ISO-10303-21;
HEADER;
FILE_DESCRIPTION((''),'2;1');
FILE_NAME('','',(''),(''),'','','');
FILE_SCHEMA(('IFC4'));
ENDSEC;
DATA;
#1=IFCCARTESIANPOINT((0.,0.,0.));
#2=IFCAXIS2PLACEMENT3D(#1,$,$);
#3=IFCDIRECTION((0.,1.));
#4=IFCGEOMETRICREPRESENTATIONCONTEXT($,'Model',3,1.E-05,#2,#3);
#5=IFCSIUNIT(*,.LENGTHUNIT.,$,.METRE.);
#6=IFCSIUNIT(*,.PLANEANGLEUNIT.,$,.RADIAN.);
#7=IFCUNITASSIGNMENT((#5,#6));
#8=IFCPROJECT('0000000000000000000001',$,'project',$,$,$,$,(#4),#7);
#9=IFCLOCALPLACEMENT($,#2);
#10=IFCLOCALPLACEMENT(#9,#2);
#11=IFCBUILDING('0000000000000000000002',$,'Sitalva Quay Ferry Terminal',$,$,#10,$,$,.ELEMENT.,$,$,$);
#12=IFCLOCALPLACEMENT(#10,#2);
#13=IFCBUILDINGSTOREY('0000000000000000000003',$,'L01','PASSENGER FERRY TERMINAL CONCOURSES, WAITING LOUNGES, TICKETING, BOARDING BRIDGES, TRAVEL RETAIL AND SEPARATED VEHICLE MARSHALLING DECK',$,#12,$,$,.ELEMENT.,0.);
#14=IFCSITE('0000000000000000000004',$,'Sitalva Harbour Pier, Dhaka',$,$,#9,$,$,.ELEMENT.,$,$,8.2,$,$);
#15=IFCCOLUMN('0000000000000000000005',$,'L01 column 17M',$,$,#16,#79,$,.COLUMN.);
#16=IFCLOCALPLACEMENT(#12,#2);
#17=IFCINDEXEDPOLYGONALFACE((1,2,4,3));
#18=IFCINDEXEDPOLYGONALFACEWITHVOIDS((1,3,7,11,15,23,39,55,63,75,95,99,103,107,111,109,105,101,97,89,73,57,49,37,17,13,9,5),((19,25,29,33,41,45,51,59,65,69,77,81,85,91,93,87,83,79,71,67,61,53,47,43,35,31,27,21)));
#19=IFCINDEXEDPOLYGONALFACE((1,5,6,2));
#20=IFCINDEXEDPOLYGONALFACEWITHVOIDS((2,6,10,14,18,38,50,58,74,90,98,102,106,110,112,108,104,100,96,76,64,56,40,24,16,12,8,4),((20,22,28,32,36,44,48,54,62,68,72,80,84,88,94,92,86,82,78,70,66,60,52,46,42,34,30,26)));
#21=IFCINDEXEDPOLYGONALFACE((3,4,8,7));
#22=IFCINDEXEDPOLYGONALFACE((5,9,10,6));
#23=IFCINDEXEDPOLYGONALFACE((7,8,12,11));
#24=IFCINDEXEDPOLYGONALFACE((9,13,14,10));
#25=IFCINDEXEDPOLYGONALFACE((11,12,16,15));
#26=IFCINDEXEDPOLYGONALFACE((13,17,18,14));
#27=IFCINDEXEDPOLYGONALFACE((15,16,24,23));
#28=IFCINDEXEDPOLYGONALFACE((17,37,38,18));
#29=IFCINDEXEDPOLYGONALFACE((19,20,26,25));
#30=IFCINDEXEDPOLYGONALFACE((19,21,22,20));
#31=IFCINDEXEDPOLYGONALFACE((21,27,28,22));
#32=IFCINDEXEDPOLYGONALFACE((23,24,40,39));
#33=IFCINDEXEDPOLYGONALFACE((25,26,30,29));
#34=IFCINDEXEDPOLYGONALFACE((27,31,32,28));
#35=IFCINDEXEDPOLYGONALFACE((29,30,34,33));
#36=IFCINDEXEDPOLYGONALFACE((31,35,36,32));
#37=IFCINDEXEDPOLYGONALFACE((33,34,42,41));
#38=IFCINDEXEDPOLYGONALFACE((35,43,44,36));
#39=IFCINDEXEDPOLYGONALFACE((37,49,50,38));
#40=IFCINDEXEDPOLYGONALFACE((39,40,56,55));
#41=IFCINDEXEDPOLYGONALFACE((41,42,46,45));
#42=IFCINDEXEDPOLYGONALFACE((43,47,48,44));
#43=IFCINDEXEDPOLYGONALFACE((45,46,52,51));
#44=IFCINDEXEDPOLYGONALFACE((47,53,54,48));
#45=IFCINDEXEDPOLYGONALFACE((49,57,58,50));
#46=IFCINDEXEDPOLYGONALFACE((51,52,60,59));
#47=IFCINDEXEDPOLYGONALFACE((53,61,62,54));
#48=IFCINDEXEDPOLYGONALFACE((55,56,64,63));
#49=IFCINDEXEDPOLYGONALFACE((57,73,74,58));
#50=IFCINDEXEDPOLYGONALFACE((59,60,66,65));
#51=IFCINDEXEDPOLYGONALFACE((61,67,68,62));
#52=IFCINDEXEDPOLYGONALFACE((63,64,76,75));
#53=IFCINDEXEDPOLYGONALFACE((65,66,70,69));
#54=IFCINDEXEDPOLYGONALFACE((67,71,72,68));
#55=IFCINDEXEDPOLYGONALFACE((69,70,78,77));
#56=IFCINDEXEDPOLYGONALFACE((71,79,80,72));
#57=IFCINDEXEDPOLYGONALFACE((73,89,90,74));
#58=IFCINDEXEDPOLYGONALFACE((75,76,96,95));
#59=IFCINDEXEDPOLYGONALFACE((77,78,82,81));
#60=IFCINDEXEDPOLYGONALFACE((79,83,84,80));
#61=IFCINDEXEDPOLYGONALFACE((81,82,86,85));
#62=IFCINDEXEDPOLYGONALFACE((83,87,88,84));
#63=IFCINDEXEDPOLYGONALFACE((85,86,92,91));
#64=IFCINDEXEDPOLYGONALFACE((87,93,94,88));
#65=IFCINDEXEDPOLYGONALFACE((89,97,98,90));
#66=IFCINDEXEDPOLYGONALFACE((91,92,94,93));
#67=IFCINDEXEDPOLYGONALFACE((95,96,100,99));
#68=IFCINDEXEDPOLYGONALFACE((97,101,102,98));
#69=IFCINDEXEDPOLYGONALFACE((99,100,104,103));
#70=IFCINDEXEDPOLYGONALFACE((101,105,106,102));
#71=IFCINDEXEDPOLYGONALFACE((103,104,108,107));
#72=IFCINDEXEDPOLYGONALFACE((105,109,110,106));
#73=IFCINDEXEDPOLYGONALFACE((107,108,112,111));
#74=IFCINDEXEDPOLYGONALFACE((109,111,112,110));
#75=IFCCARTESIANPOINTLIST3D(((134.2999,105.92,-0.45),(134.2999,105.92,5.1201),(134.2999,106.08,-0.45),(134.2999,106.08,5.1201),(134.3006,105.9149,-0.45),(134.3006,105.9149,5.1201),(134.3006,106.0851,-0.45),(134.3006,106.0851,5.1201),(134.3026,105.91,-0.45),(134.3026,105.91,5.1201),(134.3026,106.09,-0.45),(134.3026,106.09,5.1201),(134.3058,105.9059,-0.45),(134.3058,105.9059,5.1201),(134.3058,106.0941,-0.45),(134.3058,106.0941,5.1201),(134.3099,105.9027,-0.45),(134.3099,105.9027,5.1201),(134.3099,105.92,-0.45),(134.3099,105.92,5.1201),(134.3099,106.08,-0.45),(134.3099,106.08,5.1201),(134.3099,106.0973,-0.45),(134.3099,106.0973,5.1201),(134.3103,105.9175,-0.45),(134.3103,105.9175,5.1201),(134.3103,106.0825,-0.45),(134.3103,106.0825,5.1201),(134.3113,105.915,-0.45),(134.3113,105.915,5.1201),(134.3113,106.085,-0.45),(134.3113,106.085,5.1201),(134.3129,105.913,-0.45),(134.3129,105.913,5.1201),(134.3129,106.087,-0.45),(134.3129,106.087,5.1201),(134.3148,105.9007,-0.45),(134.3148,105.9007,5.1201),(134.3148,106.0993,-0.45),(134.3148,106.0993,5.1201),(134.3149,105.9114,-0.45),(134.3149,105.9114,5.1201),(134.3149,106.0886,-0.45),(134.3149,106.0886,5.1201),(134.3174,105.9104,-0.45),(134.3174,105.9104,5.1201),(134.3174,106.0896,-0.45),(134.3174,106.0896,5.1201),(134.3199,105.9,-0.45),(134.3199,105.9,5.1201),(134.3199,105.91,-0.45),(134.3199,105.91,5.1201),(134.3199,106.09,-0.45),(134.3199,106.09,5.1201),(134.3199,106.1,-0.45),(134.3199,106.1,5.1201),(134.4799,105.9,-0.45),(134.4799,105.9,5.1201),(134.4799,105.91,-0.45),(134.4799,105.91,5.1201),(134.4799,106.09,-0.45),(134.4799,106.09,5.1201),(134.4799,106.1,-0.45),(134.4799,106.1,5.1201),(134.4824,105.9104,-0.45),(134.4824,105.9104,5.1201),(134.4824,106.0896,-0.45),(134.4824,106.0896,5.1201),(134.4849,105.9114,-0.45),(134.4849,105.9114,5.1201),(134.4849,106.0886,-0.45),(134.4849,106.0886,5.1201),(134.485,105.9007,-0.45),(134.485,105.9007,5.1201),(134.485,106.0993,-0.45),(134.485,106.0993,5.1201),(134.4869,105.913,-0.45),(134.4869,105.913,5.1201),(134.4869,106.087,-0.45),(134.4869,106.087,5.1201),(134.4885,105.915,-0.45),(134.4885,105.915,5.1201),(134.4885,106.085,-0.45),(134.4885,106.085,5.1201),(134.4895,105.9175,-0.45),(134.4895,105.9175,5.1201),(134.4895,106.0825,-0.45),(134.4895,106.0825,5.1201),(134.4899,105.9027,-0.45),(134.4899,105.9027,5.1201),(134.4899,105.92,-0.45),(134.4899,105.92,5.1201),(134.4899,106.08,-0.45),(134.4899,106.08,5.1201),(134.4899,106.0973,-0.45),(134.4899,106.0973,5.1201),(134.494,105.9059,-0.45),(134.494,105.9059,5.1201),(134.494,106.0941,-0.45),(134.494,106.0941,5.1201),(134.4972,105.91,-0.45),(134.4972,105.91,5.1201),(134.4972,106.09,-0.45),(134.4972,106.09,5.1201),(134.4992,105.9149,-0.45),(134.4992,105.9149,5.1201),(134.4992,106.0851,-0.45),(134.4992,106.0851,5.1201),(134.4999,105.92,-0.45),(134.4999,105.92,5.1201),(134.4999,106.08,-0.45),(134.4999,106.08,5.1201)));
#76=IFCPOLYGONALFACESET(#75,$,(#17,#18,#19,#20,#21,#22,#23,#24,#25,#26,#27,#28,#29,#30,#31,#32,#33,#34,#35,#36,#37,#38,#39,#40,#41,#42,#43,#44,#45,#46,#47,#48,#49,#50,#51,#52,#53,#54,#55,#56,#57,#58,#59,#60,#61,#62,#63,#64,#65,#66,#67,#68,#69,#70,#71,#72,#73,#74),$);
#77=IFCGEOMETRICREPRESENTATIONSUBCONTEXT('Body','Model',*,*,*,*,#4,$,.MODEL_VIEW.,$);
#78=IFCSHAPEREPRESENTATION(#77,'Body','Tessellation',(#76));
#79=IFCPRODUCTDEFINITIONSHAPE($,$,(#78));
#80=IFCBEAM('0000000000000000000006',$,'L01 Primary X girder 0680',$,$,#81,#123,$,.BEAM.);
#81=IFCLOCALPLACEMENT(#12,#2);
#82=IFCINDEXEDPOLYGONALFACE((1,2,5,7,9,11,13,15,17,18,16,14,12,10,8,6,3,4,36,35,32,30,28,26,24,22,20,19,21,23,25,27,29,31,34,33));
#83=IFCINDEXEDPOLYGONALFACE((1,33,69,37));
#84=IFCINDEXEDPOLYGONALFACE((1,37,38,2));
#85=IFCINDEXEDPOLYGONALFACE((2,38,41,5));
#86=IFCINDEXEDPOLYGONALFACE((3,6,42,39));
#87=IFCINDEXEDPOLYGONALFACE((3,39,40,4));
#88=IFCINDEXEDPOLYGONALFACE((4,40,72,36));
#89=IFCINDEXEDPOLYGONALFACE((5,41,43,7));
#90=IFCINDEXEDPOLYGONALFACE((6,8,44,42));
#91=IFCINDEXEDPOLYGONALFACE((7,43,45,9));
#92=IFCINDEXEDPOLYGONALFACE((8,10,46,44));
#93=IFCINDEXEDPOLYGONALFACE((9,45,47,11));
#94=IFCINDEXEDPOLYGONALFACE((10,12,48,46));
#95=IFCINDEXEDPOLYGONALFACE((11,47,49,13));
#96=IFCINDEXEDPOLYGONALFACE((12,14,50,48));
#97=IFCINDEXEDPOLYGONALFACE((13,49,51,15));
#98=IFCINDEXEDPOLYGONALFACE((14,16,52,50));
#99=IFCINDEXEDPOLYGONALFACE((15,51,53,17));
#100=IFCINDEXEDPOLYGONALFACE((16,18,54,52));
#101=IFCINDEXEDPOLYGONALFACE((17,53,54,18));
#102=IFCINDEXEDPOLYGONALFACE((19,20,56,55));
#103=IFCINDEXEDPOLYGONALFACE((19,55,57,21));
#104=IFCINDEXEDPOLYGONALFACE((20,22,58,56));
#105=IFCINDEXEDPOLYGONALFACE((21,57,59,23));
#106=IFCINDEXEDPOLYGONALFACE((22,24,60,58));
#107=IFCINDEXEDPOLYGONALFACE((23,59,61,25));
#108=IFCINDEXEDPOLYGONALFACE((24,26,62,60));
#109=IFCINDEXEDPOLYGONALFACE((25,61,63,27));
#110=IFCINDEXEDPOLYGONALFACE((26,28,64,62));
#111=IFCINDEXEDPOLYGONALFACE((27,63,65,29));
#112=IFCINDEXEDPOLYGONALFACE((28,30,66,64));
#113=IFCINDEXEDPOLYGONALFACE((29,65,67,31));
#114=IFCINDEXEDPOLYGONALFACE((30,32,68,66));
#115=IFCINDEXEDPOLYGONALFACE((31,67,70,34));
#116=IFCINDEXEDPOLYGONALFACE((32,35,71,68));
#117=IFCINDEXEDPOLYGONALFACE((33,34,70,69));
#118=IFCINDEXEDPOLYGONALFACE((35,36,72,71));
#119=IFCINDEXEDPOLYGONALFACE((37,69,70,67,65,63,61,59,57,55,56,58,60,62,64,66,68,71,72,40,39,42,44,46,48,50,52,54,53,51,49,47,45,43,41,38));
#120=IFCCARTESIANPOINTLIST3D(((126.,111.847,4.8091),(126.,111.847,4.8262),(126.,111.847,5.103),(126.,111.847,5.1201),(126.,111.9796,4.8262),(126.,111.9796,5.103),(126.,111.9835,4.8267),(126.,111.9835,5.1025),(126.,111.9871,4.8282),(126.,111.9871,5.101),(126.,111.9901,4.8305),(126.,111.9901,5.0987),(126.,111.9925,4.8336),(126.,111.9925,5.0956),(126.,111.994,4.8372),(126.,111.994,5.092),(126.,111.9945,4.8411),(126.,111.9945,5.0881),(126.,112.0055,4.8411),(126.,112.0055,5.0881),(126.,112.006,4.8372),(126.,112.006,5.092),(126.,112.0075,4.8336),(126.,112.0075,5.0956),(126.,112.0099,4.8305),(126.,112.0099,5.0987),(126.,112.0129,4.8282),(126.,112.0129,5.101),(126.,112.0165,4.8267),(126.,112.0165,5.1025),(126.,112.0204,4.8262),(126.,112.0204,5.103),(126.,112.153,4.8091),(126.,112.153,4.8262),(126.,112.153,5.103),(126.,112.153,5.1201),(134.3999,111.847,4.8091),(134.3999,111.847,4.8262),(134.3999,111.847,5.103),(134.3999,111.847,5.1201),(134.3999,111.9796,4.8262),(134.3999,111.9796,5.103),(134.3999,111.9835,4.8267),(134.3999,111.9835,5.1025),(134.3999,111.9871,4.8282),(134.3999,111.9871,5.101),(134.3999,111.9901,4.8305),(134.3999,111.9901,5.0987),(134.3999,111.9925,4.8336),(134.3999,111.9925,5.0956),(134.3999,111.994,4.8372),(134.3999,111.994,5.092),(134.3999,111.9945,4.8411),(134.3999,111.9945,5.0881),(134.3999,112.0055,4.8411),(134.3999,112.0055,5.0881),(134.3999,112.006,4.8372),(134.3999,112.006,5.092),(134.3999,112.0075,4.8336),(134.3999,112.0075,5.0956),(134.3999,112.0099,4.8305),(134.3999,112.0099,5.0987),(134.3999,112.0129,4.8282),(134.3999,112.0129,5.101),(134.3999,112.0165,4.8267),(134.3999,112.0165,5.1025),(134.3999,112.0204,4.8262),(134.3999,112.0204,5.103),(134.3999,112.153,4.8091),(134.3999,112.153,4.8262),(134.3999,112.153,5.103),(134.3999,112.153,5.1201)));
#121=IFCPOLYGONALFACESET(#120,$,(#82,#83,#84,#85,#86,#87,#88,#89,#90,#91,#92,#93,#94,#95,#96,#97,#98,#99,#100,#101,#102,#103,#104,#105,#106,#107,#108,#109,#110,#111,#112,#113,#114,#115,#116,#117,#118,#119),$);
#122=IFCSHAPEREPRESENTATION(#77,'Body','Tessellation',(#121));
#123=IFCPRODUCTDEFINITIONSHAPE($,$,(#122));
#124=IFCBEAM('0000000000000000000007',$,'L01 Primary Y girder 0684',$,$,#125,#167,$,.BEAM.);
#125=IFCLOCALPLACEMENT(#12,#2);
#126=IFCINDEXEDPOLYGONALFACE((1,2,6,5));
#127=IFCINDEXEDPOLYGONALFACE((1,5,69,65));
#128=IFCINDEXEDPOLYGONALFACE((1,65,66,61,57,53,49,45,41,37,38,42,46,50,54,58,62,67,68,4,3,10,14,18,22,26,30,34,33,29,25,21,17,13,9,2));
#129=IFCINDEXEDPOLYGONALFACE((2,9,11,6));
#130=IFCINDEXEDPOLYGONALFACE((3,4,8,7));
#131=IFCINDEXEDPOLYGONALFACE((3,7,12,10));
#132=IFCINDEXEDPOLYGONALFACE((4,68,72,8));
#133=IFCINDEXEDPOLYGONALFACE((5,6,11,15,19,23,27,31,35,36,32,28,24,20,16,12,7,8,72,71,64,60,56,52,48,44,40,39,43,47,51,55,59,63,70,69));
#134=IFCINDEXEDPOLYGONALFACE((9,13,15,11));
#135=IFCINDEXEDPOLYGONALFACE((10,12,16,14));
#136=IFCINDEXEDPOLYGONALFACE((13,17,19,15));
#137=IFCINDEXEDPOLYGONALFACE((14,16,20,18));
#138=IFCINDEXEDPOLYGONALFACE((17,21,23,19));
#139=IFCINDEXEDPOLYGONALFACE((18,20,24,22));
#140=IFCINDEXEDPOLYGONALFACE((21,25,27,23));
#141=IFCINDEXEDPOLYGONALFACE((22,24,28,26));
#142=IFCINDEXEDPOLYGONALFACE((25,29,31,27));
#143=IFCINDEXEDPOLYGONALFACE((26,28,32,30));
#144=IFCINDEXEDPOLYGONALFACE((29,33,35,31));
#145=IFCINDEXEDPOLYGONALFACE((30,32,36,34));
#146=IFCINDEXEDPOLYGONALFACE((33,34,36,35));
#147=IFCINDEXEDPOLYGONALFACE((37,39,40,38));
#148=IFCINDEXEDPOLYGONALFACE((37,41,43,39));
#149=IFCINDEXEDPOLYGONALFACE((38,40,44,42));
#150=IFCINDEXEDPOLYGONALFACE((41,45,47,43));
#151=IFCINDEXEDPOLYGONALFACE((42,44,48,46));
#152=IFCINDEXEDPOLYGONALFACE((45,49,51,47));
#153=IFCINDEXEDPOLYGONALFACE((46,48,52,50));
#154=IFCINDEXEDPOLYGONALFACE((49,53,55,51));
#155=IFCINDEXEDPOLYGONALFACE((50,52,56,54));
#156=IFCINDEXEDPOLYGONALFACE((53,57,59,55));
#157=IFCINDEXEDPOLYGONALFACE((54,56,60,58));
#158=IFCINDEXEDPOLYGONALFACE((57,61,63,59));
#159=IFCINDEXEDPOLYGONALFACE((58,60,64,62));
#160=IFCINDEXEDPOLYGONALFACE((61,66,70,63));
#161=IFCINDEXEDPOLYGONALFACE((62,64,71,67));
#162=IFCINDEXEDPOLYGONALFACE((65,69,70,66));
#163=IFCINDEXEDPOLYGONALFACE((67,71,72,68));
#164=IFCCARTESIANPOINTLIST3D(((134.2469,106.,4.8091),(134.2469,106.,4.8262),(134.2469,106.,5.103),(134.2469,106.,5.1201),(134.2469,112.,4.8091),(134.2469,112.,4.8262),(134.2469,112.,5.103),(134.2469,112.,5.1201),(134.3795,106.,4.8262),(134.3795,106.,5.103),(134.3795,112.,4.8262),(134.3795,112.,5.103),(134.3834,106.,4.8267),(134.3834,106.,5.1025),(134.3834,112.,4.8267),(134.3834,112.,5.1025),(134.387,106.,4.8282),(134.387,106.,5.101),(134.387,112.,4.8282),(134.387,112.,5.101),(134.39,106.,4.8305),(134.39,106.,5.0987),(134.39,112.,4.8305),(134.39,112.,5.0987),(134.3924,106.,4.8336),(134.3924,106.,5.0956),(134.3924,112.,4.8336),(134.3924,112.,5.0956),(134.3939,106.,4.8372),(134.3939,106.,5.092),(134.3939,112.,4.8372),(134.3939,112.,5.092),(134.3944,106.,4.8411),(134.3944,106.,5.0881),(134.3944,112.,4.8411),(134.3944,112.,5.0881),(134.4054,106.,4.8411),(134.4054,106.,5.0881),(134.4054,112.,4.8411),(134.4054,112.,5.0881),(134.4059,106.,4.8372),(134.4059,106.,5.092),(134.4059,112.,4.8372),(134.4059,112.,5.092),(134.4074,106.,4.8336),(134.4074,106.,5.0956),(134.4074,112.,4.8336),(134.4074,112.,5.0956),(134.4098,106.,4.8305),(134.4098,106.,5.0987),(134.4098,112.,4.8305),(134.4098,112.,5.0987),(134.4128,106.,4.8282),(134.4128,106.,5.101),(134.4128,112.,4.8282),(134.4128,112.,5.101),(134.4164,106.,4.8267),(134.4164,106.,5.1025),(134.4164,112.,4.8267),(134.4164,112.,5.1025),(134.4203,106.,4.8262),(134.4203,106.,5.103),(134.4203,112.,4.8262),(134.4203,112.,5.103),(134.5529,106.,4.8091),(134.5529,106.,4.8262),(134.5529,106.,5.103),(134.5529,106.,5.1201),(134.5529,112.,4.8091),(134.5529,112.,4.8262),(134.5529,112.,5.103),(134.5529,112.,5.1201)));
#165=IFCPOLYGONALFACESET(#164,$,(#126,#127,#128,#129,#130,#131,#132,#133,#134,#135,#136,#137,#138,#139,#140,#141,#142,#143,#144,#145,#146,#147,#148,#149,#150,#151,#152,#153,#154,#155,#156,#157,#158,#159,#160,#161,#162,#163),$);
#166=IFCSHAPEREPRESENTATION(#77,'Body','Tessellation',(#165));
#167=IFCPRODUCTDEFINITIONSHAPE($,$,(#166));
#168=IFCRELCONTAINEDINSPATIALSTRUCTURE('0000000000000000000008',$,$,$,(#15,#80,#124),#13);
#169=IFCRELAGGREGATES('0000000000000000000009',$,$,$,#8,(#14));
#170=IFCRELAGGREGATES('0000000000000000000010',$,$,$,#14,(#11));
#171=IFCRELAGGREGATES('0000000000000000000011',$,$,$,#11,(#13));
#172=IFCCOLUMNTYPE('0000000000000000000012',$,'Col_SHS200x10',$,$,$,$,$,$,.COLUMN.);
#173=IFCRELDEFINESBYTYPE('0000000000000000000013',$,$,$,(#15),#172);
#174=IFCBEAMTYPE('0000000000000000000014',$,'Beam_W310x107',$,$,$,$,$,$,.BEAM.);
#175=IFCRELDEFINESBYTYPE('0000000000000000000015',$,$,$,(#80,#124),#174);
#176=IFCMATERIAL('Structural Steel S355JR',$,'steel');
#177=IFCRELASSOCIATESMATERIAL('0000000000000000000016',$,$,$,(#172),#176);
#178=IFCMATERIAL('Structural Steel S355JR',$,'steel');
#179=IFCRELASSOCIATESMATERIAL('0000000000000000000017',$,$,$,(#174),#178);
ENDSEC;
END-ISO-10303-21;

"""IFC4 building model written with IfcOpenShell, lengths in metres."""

from ifc_helpers import new_model, si_unit, direction, frame, origin, origin_2d, place, context, subcontext, project, spatial, hollow_rectangle, i_section, extrude, material, material_profile, profile_set, type_object, element, save


model = new_model("IFC4")

# Units and contexts
model_context = context("Model", 3, precision=1e-05, world=origin(), true_north=direction((0.0, 1.0)))
body_context = subcontext(model_context, "Body", "Model", "MODEL_VIEW")
ifc_project = project(units=[si_unit("LENGTHUNIT", "METRE"), si_unit("PLANEANGLEUNIT", "RADIAN")], contexts=[model_context])

# Site, building, storey
site_placement = place(None, origin())
site = spatial("IfcSite", under=ifc_project, at=site_placement, Name="Sitalva Harbour Pier, Dhaka", CompositionType="ELEMENT", RefElevation=8.2)
building_placement = place(site_placement, origin())
building = spatial("IfcBuilding", under=site, at=building_placement, Name="Sitalva Quay Ferry Terminal", CompositionType="ELEMENT")
storey_placement = place(building_placement, origin())
storey = spatial("IfcBuildingStorey", under=building, at=storey_placement, Name="L01", Description="PASSENGER FERRY TERMINAL CONCOURSES, WAITING LOUNGES, TICKETING, BOARDING BRIDGES, TRAVEL RETAIL AND SEPARATED VEHICLE MARSHALLING DECK", CompositionType="ELEMENT", Elevation=0.0)

# Column
ifc_material_1 = material(Name="Structural Steel S355JR", Category="steel")
ifc_material_profile_1 = material_profile(ifc_material_1, hollow_rectangle(XDim=0.2, YDim=0.2, WallThickness=0.01, InnerFilletRadius=0.01, OuterFilletRadius=0.02, at=origin_2d()), Name="SHS200x200x10")
ifc_profile_set_1 = profile_set([ifc_material_profile_1], Name="Structural Steel S355JR")
column_type_1 = type_object("IfcColumnType", Name="Col_SHS200x10", PredefinedType="COLUMN", material=ifc_profile_set_1)
column_1_placement = place(storey_placement, frame((134.3999, 106.0, -0.45), z_axis=(0.0, 0.0, 1.0), x_axis=(1.0, 0.0, 0.0)))
element("IfcColumn", 1, at=column_1_placement, inside=storey, type_object=column_type_1, Name="L01 column 17M", PredefinedType="COLUMN", context=body_context, shape_type="SweptSolid", body=[
    extrude(hollow_rectangle(XDim=0.2, YDim=0.2, WallThickness=0.01, InnerFilletRadius=0.01, OuterFilletRadius=0.02, at=origin_2d()), origin(), (0.0, 0.0, 1.0), 5.5701),
])

# Beams
ifc_material_2 = material(Name="Structural Steel S355JR", Category="steel")
ifc_material_profile_2 = material_profile(ifc_material_2, i_section(OverallWidth=0.3059, OverallDepth=0.311, WebThickness=0.011, FlangeThickness=0.0171, FilletRadius=0.0149, at=origin_2d()), Name="W310x107")
ifc_profile_set_2 = profile_set([ifc_material_profile_2], Name="Structural Steel S355JR")
beam_type_1 = type_object("IfcBeamType", Name="Beam_W310x107", PredefinedType="BEAM", material=ifc_profile_set_2)
beam_1_placement = place(storey_placement, frame((126.0, 112.0, 4.9646), z_axis=(1.0, 0.0, 0.0), x_axis=(0.0, 1.0, 0.0)))
element("IfcBeam", 2, at=beam_1_placement, inside=storey, type_object=beam_type_1, Name="L01 Primary X girder 0680", PredefinedType="BEAM", context=body_context, shape_type="SweptSolid", body=[
    extrude(i_section(OverallWidth=0.3059, OverallDepth=0.311, WebThickness=0.011, FlangeThickness=0.0171, FilletRadius=0.0149, at=origin_2d()), origin(), (0.0, 0.0, 1.0), 8.3999),
])
beam_2_placement = place(storey_placement, frame((134.3999, 106.0, 4.9646), z_axis=(0.0, 1.0, 0.0), x_axis=(-1.0, 0.0, 0.0)))
element("IfcBeam", 3, at=beam_2_placement, inside=storey, type_object=beam_type_1, Name="L01 Primary Y girder 0684", PredefinedType="BEAM", context=body_context, shape_type="SweptSolid", body=[
    extrude(i_section(OverallWidth=0.3059, OverallDepth=0.311, WebThickness=0.011, FlangeThickness=0.0171, FilletRadius=0.0149, at=origin_2d()), origin(), (0.0, 0.0, 1.0), 6.0),
])

save(model, "model.ifc")
